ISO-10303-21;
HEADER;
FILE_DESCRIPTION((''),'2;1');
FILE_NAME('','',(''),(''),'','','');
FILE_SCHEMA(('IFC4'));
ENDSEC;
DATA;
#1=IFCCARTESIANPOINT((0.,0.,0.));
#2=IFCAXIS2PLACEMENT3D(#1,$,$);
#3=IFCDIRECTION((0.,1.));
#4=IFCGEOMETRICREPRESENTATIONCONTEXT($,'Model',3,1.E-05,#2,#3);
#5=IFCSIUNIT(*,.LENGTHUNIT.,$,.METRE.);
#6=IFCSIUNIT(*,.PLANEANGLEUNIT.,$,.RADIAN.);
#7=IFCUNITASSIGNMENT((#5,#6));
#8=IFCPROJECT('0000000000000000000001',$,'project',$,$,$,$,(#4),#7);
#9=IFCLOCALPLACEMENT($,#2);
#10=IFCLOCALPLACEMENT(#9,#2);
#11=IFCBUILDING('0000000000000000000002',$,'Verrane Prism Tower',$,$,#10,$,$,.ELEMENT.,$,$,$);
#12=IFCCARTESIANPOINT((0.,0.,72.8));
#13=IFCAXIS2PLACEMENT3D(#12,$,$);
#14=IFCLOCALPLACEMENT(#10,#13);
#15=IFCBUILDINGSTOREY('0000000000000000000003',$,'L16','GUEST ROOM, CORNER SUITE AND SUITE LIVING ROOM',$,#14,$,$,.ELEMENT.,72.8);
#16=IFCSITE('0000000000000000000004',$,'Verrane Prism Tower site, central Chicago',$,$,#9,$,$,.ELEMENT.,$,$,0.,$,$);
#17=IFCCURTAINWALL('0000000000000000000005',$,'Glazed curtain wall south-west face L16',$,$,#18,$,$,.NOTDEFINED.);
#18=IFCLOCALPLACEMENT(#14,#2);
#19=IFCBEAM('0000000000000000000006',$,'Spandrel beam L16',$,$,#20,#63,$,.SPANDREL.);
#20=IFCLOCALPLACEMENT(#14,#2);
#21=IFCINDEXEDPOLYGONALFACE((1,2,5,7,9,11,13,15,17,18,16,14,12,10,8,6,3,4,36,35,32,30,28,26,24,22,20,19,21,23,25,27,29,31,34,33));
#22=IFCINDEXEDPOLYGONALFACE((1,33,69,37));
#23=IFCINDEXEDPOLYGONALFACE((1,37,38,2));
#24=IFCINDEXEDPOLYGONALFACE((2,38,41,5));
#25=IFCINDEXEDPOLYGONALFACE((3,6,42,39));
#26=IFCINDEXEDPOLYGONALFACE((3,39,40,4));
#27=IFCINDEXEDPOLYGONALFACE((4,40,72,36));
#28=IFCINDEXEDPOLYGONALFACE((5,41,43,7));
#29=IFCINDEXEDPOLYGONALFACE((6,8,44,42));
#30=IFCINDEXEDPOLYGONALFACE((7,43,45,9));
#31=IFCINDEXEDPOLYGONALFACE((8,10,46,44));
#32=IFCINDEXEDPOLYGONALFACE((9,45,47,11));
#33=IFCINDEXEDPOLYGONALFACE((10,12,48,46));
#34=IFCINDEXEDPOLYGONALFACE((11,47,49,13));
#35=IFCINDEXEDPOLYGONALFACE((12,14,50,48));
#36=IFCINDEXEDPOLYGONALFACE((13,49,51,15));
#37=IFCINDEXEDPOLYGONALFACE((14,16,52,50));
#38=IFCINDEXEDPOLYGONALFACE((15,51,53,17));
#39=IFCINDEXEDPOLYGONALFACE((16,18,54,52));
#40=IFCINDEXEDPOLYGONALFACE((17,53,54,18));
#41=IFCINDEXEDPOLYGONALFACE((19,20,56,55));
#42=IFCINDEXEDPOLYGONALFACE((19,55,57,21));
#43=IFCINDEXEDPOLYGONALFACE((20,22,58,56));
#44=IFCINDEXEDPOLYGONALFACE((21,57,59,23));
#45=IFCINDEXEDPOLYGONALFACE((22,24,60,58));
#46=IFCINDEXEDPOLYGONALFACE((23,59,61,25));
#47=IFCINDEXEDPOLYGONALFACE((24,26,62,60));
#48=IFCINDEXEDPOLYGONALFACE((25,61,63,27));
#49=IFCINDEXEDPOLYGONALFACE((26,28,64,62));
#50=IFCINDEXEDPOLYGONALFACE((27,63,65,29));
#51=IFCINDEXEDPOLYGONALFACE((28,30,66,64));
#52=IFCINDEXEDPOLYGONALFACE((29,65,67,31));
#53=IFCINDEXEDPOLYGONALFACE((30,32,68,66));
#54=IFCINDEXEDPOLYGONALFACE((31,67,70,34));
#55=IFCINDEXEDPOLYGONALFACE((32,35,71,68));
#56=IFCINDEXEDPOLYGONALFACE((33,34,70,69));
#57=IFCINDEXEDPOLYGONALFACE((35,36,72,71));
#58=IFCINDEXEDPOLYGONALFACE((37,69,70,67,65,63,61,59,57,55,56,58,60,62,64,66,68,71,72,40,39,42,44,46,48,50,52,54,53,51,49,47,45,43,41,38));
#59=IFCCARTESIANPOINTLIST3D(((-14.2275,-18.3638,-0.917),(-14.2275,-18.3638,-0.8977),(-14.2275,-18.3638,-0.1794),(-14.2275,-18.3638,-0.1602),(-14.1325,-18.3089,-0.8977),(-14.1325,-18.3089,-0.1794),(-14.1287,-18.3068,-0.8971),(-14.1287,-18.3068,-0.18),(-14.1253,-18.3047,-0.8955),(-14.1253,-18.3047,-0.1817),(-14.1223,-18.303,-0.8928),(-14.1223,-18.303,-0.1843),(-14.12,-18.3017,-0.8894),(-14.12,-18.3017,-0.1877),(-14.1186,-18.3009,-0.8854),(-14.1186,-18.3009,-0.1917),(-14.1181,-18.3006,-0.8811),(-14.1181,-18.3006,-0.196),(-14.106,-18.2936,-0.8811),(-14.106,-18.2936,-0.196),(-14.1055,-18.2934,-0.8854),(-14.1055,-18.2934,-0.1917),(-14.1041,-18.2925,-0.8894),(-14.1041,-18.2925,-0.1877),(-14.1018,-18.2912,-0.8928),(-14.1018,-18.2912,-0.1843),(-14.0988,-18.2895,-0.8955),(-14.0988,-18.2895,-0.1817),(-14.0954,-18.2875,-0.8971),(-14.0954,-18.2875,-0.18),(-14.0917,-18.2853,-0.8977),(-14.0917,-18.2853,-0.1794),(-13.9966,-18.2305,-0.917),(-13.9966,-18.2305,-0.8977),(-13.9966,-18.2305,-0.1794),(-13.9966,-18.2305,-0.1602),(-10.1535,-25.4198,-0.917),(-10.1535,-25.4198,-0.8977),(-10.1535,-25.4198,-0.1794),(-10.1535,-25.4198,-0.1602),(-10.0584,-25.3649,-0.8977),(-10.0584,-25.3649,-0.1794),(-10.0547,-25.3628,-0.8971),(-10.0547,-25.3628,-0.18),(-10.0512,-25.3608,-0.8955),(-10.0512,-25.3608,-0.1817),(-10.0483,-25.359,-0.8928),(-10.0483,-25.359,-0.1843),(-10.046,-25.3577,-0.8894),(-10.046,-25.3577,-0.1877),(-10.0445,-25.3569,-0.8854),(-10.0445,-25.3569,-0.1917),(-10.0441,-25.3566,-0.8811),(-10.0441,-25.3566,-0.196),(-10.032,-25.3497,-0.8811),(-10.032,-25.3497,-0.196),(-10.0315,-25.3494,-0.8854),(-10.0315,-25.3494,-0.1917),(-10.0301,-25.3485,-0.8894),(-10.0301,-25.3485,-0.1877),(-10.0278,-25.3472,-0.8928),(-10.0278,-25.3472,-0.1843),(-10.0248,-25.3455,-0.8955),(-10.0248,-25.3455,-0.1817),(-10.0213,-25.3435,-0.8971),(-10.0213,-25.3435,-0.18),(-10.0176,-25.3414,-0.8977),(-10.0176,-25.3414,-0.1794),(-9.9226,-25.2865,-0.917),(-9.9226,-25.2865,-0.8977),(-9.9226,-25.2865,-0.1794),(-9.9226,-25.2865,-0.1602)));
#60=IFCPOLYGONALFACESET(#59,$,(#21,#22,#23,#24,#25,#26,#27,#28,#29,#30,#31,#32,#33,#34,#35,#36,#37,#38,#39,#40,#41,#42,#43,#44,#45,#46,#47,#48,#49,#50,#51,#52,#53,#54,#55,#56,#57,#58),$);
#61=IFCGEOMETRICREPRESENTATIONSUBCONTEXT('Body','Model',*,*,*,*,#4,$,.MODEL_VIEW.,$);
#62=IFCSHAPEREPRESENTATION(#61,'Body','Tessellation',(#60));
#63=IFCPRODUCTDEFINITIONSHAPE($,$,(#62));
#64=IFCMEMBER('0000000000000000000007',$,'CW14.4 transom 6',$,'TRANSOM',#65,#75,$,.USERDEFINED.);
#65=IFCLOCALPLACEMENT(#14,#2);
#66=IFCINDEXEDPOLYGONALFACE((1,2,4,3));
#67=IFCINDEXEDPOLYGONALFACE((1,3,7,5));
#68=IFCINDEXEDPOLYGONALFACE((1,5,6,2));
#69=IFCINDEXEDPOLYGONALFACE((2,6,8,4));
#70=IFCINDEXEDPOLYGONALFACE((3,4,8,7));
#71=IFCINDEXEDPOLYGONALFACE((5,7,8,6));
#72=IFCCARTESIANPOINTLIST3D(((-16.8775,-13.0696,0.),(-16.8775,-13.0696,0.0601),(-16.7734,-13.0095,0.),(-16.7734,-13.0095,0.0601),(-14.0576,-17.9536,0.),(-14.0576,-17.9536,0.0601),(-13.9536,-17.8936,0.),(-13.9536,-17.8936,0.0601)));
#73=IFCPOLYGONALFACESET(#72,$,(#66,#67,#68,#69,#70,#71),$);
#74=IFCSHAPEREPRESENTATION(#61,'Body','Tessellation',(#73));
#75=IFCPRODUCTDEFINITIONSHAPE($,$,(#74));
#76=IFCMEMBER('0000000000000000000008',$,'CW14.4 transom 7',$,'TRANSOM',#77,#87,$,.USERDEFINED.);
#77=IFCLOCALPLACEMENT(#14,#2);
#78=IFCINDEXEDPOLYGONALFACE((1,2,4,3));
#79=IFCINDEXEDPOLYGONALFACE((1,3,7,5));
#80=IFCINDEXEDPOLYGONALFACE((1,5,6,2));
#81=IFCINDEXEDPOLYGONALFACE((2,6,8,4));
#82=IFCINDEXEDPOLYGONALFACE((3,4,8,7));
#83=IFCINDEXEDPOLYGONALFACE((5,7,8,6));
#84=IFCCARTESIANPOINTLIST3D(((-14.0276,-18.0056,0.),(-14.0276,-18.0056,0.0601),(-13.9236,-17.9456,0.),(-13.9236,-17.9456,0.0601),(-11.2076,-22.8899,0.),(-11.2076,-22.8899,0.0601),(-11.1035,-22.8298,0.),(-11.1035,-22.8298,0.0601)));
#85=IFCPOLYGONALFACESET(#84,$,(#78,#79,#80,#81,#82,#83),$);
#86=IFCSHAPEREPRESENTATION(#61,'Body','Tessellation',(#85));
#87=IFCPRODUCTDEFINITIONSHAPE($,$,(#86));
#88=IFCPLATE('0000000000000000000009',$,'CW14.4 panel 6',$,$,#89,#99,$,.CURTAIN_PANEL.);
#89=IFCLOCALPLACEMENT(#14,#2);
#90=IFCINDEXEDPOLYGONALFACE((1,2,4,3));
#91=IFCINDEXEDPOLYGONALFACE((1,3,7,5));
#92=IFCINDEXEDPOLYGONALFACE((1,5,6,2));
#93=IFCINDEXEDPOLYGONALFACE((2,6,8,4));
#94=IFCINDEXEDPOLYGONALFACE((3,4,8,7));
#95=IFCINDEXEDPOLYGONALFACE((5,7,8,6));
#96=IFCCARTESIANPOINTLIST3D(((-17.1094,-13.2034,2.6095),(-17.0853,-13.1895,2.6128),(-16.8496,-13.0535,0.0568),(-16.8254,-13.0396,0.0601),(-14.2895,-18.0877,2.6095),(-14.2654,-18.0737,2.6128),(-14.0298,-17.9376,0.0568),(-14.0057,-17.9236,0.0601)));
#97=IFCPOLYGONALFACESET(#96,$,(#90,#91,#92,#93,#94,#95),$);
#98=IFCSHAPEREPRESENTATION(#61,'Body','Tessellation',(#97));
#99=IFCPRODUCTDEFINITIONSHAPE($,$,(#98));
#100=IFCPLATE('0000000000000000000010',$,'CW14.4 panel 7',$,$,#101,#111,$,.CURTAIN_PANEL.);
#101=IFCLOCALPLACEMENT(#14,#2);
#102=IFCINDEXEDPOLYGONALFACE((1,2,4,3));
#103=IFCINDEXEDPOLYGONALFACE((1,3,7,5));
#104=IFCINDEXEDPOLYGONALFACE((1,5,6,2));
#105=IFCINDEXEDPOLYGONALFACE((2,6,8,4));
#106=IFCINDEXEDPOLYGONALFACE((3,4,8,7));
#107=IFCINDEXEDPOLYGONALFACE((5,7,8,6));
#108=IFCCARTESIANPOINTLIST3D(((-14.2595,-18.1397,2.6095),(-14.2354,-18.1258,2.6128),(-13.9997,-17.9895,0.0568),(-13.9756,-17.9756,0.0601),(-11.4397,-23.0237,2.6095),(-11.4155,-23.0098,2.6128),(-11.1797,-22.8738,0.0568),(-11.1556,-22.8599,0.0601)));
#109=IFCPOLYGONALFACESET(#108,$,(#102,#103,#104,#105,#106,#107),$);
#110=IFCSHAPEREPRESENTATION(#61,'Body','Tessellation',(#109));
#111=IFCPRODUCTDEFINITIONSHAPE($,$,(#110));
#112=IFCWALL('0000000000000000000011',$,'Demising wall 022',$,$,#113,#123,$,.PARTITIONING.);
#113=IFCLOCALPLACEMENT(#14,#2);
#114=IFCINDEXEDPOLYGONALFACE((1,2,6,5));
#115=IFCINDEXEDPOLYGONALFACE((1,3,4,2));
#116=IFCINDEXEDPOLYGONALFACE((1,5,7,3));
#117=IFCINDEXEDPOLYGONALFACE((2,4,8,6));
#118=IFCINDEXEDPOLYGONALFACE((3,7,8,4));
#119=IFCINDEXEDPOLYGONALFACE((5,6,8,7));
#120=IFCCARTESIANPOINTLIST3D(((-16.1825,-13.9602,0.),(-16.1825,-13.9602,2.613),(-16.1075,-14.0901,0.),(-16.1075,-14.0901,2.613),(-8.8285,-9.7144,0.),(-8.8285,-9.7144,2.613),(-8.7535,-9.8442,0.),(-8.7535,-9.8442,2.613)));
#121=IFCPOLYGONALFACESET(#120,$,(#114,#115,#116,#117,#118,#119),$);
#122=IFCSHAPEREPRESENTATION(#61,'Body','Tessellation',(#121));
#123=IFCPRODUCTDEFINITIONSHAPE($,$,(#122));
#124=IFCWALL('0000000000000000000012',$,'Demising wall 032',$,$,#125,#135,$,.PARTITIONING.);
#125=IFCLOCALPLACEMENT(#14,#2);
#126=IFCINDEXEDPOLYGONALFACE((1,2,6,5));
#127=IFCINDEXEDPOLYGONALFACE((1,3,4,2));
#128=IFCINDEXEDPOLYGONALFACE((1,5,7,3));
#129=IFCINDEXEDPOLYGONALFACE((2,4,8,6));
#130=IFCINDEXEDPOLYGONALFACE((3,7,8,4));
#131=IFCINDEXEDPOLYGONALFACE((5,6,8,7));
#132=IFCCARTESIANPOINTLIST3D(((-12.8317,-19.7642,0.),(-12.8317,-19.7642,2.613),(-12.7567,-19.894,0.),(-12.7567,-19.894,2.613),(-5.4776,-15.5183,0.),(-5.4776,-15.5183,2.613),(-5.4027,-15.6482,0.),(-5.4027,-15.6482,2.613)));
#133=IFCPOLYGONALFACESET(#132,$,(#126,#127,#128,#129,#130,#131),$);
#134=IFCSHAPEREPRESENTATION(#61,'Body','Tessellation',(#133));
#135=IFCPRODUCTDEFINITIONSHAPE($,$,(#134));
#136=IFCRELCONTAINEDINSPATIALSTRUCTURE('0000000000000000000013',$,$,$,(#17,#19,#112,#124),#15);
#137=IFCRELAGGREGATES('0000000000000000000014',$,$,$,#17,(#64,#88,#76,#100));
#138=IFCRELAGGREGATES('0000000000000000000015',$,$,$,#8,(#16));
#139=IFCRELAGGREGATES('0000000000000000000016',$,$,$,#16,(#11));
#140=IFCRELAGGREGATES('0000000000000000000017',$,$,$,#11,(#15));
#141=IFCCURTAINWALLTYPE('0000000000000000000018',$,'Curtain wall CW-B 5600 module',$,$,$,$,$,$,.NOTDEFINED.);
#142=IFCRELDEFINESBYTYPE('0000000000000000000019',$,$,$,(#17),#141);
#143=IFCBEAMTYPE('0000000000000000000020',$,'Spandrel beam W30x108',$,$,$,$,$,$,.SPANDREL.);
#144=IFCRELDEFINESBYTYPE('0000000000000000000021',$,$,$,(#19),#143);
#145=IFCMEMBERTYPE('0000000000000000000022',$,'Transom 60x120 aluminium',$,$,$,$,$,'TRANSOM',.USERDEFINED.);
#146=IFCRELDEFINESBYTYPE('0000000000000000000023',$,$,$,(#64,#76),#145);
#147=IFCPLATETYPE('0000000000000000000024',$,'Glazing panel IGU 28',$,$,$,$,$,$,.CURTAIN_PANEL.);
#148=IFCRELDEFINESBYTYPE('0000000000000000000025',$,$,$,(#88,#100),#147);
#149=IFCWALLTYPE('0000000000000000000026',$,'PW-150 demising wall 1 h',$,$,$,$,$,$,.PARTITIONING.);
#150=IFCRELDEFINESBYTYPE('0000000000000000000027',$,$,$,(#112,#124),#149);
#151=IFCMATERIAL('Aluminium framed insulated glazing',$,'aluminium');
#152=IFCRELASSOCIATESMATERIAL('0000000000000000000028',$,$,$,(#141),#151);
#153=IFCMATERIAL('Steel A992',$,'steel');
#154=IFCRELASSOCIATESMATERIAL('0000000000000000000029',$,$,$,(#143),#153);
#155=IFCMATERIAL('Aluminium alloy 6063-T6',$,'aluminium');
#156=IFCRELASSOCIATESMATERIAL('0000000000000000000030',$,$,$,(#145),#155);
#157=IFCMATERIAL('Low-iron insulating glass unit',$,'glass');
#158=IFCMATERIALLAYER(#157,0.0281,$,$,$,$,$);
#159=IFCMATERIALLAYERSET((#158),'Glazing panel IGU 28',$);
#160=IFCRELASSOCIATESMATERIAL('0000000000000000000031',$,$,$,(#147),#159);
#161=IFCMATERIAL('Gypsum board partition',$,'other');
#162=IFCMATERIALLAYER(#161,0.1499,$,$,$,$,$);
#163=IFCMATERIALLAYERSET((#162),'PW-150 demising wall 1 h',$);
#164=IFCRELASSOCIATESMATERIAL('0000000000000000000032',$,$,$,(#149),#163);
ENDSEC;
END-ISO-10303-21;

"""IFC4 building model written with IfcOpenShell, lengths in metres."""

from ifc_helpers import new_model, si_unit, direction, frame, frame_2d, origin, origin_2d, place, context, subcontext, project, spatial, polyline, rectangle, i_section, outline, extrude, material, layer, layer_set, material_profile, profile_set, type_object, element, aggregate, save


model = new_model("IFC4")

# Units and contexts
model_context = context("Model", 3, precision=1e-05, world=origin(), true_north=direction((0.0, 1.0)))
body_context = subcontext(model_context, "Body", "Model", "MODEL_VIEW")
ifc_project = project(units=[si_unit("LENGTHUNIT", "METRE"), si_unit("PLANEANGLEUNIT", "RADIAN")], contexts=[model_context])

# Site, building, storey
site_placement = place(None, origin())
site = spatial("IfcSite", under=ifc_project, at=site_placement, Name="Verrane Prism Tower site, central Chicago", CompositionType="ELEMENT", RefElevation=0.0)
building_placement = place(site_placement, origin())
building = spatial("IfcBuilding", under=site, at=building_placement, Name="Verrane Prism Tower", CompositionType="ELEMENT")
storey_placement = place(building_placement, frame((0.0, 0.0, 72.8)))
storey = spatial("IfcBuildingStorey", under=building, at=storey_placement, Name="L16", Description="GUEST ROOM, CORNER SUITE AND SUITE LIVING ROOM", CompositionType="ELEMENT", Elevation=72.8)

# Curtain wall
ifc_material_1 = material(Name="Aluminium framed insulated glazing", Category="aluminium")
curtain_wall_type = type_object("IfcCurtainWallType", Name="Curtain wall CW-B 5600 module", PredefinedType="NOTDEFINED", material=ifc_material_1)
curtain_wall_placement = place(storey_placement, origin())
curtain_wall = element("IfcCurtainWall", 1, at=curtain_wall_placement, inside=storey, type_object=curtain_wall_type, Name="Glazed curtain wall south-west face L16", PredefinedType="NOTDEFINED")

# Beam
ifc_material_2 = material(Name="Steel A992", Category="steel")
ifc_material_profile_1 = material_profile(ifc_material_2, i_section(OverallWidth=0.2666, OverallDepth=0.7568, WebThickness=0.0139, FlangeThickness=0.0193, FilletRadius=0.0166, at=origin_2d()), Name="W30x108")
ifc_profile_set_1 = profile_set([ifc_material_profile_1], Name="Steel A992")
beam_type_1 = type_object("IfcBeamType", Name="Spandrel beam W30x108", PredefinedType="SPANDREL", material=ifc_profile_set_1)
beam_1_placement = place(storey_placement, frame((-14.1121, -18.2971, -0.5386), z_axis=(0.500022, -0.866012, 0.0), x_axis=(0.866012, 0.500022, 0.0)))
element("IfcBeam", 2, at=beam_1_placement, inside=storey, type_object=beam_type_1, Name="Spandrel beam L16", PredefinedType="SPANDREL", context=body_context, shape_type="SweptSolid", body=[
    extrude(i_section(OverallWidth=0.2666, OverallDepth=0.7568, WebThickness=0.0139, FlangeThickness=0.0193, FilletRadius=0.0166, at=origin_2d()), origin(), (0.0, 0.0, 1.0), 8.1477),
])

# Members
ifc_material_3 = material(Name="Aluminium alloy 6063-T6", Category="aluminium")
ifc_material_profile_2 = material_profile(ifc_material_3, rectangle(XDim=0.1201, YDim=0.0601, at=origin_2d()), Name="Transom 60x120 aluminium")
ifc_profile_set_2 = profile_set([ifc_material_profile_2], Name="Aluminium alloy 6063-T6")
member_type_1 = type_object("IfcMemberType", Name="Transom 60x120 aluminium", ElementType="TRANSOM", PredefinedType="USERDEFINED", material=ifc_profile_set_2)
member_1_placement = place(storey_placement, frame((-16.8254, -13.0396, 0.03), z_axis=(0.500004, -0.866023, 0.0), x_axis=(0.866023, 0.500004, 0.0)))
member_1 = element("IfcMember", 3, at=member_1_placement, type_object=member_type_1, Name="CW14.4 transom 6", ObjectType="TRANSOM", PredefinedType="USERDEFINED", context=body_context, shape_type="SweptSolid", body=[
    extrude(rectangle(XDim=0.1201, YDim=0.0601, at=origin_2d()), origin(), (0.0, 0.0, 1.0), 5.6396),
])
member_2_placement = place(storey_placement, frame((-13.9756, -17.9756, 0.03), z_axis=(0.500017, -0.866015, 0.0), x_axis=(0.866015, 0.500017, 0.0)))
member_2 = element("IfcMember", 4, at=member_2_placement, type_object=member_type_1, Name="CW14.4 transom 7", ObjectType="TRANSOM", PredefinedType="USERDEFINED", context=body_context, shape_type="SweptSolid", body=[
    extrude(rectangle(XDim=0.1201, YDim=0.0601, at=origin_2d()), origin(), (0.0, 0.0, 1.0), 5.6399),
])

# Plates
ifc_material_4 = material(Name="Low-iron insulating glass unit", Category="glass")
ifc_layer_1 = layer(ifc_material_4, 0.0281)
ifc_layer_set_1 = layer_set([ifc_layer_1], Name="Glazing panel IGU 28")
plate_type = type_object("IfcPlateType", Name="Glazing panel IGU 28", PredefinedType="CURTAIN_PANEL", material=ifc_layer_set_1)
plate_1_placement = place(storey_placement, frame((-16.8254, -13.0396, 0.0601), z_axis=(0.860111, 0.496577, 0.116709), x_axis=(0.499994, -0.866029, -0.000001)))
plate_1 = element("IfcPlate", 5, at=plate_1_placement, type_object=plate_type, Name="CW14.4 panel 6", PredefinedType="CURTAIN_PANEL", context=body_context, shape_type="SweptSolid", body=[
    extrude(outline(polyline([(0.0, 0.0), (5.6396, 0.0), (5.6398, -2.5703), (-0.0001, -2.5703), (0.0, 0.0)])), origin(), (0.0, 0.0, -1.0), 0.0281),
])
plate_2_placement = place(storey_placement, frame((-13.9756, -17.9756, 0.0601), z_axis=(0.860097, 0.496591, 0.116749), x_axis=(0.50001, -0.866019, -0.000001)))
plate_2 = element("IfcPlate", 6, at=plate_2_placement, type_object=plate_type, Name="CW14.4 panel 7", PredefinedType="CURTAIN_PANEL", context=body_context, shape_type="SweptSolid", body=[
    extrude(outline(polyline([(0.0, 0.0), (5.6399, 0.0), (5.6398, -2.5703), (0.0001, -2.5703), (0.0, 0.0)])), origin(), (0.0, 0.0, -1.0), 0.0281),
])
aggregate(curtain_wall, [member_1, plate_1, member_2, plate_2])

# Walls
ifc_material_5 = material(Name="Gypsum board partition", Category="other")
ifc_layer_2 = layer(ifc_material_5, 0.1499)
ifc_layer_set_2 = layer_set([ifc_layer_2], Name="PW-150 demising wall 1 h")
wall_type = type_object("IfcWallType", Name="PW-150 demising wall 1 h", PredefinedType="PARTITIONING", material=ifc_layer_set_2)
for number, where, z_axis, x_axis, name in (
    (7, (-16.145, -14.0251, 0.0), (0.0, 0.0, 1.0), (0.866025, 0.500001, 0.0), "Demising wall 022"),
    (8, (-12.7942, -19.8291, 0.0), (0.0, 0.0, 1.0), (0.866025, 0.500001, 0.0), "Demising wall 032"),
):
    element("IfcWall", number, at=place(storey_placement, frame(where, z_axis=z_axis, x_axis=x_axis)), inside=storey, type_object=wall_type, Name=name, PredefinedType="PARTITIONING", context=body_context, shape_type="SweptSolid", body=[
        extrude(rectangle(XDim=8.4917, YDim=0.1499, at=frame_2d((4.2458, 0.0))), origin(), (0.0, 0.0, 1.0), 2.613),
    ])

save(model, "model.ifc")
